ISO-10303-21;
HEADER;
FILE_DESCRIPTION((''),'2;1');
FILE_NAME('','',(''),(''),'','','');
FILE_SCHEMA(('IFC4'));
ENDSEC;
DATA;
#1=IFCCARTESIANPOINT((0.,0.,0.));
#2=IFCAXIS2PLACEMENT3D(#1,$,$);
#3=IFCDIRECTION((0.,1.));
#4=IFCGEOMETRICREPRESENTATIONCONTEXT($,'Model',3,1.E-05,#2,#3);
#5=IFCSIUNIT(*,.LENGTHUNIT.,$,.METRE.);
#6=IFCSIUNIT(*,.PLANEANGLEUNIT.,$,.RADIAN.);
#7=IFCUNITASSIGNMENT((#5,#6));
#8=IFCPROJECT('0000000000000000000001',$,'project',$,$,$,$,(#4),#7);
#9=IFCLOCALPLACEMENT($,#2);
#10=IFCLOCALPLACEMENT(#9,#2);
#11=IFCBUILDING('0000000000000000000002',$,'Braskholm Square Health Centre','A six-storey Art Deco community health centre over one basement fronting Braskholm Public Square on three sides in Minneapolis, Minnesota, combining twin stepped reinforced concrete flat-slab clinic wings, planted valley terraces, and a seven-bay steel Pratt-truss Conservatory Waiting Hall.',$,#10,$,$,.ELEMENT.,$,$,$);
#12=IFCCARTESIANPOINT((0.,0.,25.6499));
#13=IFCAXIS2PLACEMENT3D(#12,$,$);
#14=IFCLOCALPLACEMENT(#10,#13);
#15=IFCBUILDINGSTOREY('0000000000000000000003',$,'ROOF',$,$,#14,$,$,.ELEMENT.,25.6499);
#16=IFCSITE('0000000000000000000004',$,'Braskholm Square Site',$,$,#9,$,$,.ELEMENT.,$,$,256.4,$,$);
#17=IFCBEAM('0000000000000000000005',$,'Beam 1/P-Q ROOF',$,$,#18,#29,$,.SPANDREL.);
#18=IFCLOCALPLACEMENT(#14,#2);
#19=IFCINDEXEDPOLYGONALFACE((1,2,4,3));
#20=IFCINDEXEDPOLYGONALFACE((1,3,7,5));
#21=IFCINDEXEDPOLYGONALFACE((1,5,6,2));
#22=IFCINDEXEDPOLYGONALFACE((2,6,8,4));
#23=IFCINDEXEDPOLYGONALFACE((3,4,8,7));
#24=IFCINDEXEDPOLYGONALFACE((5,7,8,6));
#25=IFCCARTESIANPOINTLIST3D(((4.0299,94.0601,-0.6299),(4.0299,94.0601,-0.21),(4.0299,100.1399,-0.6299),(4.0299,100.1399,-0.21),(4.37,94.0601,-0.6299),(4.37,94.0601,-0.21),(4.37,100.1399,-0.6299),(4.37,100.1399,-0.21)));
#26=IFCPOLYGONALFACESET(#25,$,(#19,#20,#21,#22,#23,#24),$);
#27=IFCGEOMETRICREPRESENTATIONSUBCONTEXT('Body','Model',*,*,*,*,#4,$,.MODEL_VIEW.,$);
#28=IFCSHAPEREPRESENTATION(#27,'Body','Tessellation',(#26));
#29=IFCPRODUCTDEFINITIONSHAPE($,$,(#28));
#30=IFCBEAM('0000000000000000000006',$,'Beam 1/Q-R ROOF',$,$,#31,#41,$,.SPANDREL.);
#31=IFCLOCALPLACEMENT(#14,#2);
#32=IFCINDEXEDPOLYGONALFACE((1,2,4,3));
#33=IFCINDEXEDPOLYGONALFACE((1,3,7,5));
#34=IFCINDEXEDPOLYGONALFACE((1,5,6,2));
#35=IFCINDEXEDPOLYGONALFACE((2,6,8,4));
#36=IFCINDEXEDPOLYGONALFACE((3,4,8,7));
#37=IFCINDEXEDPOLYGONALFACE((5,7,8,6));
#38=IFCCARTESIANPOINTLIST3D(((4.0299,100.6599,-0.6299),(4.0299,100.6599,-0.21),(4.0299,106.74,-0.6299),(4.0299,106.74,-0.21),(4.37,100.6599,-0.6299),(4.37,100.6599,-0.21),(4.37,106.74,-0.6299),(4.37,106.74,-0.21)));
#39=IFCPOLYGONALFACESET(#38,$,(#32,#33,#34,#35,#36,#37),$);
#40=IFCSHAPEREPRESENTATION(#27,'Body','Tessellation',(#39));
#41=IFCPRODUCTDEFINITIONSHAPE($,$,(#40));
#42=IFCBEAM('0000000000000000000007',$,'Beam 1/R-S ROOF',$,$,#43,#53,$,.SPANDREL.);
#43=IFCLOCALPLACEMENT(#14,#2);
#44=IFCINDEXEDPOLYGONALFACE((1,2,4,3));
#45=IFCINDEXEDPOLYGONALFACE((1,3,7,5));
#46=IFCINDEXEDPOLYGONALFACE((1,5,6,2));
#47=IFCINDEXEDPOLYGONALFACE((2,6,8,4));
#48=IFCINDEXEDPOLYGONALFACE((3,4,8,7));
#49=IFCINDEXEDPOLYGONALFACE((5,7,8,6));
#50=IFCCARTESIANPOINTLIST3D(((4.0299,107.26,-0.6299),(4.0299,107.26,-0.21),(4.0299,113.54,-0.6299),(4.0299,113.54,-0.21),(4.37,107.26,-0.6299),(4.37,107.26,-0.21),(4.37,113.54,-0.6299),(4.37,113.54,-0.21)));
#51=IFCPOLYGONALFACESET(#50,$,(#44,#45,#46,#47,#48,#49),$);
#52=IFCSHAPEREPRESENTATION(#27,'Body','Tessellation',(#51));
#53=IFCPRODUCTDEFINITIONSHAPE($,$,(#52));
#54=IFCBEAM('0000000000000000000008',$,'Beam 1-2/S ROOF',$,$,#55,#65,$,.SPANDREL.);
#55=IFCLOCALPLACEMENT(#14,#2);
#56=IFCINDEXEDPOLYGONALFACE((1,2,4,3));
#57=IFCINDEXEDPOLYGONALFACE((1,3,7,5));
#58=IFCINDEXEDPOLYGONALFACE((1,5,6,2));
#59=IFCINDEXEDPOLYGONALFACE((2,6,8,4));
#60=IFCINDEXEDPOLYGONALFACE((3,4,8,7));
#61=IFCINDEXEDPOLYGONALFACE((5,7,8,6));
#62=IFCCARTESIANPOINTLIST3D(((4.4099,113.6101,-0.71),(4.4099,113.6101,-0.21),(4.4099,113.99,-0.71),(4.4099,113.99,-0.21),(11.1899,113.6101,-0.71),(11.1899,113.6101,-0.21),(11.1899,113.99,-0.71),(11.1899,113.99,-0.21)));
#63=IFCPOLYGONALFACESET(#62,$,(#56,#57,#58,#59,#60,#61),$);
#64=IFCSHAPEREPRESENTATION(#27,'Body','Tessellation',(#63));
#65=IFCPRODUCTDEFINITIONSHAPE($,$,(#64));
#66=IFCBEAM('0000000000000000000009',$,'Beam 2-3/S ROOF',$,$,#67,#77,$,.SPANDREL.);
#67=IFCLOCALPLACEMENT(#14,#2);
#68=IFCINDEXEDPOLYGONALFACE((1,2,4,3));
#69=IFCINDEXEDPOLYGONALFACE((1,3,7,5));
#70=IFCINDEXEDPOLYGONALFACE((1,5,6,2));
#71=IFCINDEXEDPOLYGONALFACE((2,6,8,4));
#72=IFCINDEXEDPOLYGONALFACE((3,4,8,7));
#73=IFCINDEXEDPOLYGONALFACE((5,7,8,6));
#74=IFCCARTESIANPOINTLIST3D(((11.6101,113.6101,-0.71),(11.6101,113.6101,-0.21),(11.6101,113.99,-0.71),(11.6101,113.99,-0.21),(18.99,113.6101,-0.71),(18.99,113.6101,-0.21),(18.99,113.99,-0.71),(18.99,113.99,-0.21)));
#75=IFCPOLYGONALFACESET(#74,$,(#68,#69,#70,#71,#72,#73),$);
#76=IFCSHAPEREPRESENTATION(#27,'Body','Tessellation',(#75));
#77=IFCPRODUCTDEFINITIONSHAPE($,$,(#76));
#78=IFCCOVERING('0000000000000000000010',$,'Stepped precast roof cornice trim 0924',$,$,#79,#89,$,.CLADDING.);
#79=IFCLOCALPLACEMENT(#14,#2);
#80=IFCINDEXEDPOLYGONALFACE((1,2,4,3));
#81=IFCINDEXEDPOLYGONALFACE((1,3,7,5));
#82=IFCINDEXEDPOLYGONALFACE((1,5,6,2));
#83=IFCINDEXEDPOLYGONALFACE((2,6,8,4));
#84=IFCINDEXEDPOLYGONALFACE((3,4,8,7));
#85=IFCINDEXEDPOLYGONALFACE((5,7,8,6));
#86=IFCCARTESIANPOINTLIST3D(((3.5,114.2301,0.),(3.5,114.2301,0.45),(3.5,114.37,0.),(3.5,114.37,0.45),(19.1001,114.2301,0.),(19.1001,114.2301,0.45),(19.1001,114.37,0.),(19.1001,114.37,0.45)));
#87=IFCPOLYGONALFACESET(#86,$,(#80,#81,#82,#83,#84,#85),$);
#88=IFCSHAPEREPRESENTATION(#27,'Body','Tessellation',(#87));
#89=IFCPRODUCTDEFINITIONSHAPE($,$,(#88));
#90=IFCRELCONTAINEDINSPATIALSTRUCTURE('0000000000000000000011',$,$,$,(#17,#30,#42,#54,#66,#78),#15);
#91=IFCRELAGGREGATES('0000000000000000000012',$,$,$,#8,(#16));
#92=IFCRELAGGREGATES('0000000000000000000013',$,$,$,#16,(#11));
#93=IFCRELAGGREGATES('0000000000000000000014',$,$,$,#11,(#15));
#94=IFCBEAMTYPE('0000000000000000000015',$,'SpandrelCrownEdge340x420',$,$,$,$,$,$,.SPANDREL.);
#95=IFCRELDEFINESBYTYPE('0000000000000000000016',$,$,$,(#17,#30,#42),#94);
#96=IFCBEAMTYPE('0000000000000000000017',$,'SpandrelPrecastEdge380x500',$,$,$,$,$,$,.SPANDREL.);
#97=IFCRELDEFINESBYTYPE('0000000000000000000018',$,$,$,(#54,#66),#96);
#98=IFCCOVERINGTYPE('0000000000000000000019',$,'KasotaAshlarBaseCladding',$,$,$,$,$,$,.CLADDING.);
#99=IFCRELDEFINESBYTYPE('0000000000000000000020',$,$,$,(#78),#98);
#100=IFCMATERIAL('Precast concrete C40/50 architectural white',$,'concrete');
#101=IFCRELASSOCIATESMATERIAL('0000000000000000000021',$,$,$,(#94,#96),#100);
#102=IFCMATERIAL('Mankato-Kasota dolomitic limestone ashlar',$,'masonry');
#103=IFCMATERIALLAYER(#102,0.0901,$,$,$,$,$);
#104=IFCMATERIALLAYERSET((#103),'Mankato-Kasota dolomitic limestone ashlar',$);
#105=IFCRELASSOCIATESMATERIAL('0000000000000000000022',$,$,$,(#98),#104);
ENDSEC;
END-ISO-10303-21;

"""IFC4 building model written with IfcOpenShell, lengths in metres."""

from ifc_helpers import new_model, si_unit, direction, frame, origin, origin_2d, place, context, subcontext, project, spatial, rectangle, extrude, material, layer, layer_set, material_profile, profile_set, type_object, element, save


model = new_model("IFC4")

# Units and contexts
model_context = context("Model", 3, precision=1e-05, world=origin(), true_north=direction((0.0, 1.0)))
body_context = subcontext(model_context, "Body", "Model", "MODEL_VIEW")
ifc_project = project(units=[si_unit("LENGTHUNIT", "METRE"), si_unit("PLANEANGLEUNIT", "RADIAN")], contexts=[model_context])

# Site, building, storey
site_placement = place(None, origin())
site = spatial("IfcSite", under=ifc_project, at=site_placement, Name="Braskholm Square Site", CompositionType="ELEMENT", RefElevation=256.4)
building_placement = place(site_placement, origin())
building = spatial("IfcBuilding", under=site, at=building_placement, Name="Braskholm Square Health Centre", Description="A six-storey Art Deco community health centre over one basement fronting Braskholm Public Square on three sides in Minneapolis, Minnesota, combining twin stepped reinforced concrete flat-slab clinic wings, planted valley terraces, and a seven-bay steel Pratt-truss Conservatory Waiting Hall.", CompositionType="ELEMENT")
storey_placement = place(building_placement, frame((0.0, 0.0, 25.6499)))
storey = spatial("IfcBuildingStorey", under=building, at=storey_placement, Name="ROOF", CompositionType="ELEMENT", Elevation=25.6499)

# Beams
ifc_material_1 = material(Name="Precast concrete C40/50 architectural white", Category="concrete")
ifc_material_profile_1 = material_profile(ifc_material_1, rectangle(XDim=0.3401, YDim=0.4199, at=origin_2d()), Name="RCB-340X420")
ifc_profile_set_1 = profile_set([ifc_material_profile_1], Name="Precast concrete C40/50 architectural white")
beam_type_1 = type_object("IfcBeamType", Name="SpandrelCrownEdge340x420", PredefinedType="SPANDREL", material=ifc_profile_set_1)
beam_1_placement = place(storey_placement, frame((4.2, 94.0601, -0.4199), z_axis=(0.0, 1.0, 0.0), x_axis=(-1.0, 0.0, 0.0)))
element("IfcBeam", 1, at=beam_1_placement, inside=storey, type_object=beam_type_1, Name="Beam 1/P-Q ROOF", PredefinedType="SPANDREL", context=body_context, shape_type="SweptSolid", body=[
    extrude(rectangle(XDim=0.3401, YDim=0.4199, at=origin_2d()), origin(), (0.0, 0.0, 1.0), 6.0798),
])
beam_2_placement = place(storey_placement, frame((4.2, 100.6599, -0.4199), z_axis=(0.0, 1.0, 0.0), x_axis=(-1.0, 0.0, 0.0)))
element("IfcBeam", 2, at=beam_2_placement, inside=storey, type_object=beam_type_1, Name="Beam 1/Q-R ROOF", PredefinedType="SPANDREL", context=body_context, shape_type="SweptSolid", body=[
    extrude(rectangle(XDim=0.3401, YDim=0.4199, at=origin_2d()), origin(), (0.0, 0.0, 1.0), 6.0801),
])
beam_3_placement = place(storey_placement, frame((4.2, 107.26, -0.4199), z_axis=(0.0, 1.0, 0.0), x_axis=(-1.0, 0.0, 0.0)))
element("IfcBeam", 3, at=beam_3_placement, inside=storey, type_object=beam_type_1, Name="Beam 1/R-S ROOF", PredefinedType="SPANDREL", context=body_context, shape_type="SweptSolid", body=[
    extrude(rectangle(XDim=0.3401, YDim=0.4199, at=origin_2d()), origin(), (0.0, 0.0, 1.0), 6.28),
])
ifc_material_profile_2 = material_profile(ifc_material_1, rectangle(XDim=0.3799, YDim=0.5, at=origin_2d()), Name="RCB-380X500")
ifc_profile_set_2 = profile_set([ifc_material_profile_2], Name="Precast concrete C40/50 architectural white")
beam_type_2 = type_object("IfcBeamType", Name="SpandrelPrecastEdge380x500", PredefinedType="SPANDREL", material=ifc_profile_set_2)
beam_4_placement = place(storey_placement, frame((4.4099, 113.8, -0.46), z_axis=(1.0, 0.0, 0.0), x_axis=(0.0, 1.0, 0.0)))
element("IfcBeam", 4, at=beam_4_placement, inside=storey, type_object=beam_type_2, Name="Beam 1-2/S ROOF", PredefinedType="SPANDREL", context=body_context, shape_type="SweptSolid", body=[
    extrude(rectangle(XDim=0.3799, YDim=0.5, at=origin_2d()), origin(), (0.0, 0.0, 1.0), 6.78),
])
beam_5_placement = place(storey_placement, frame((11.6101, 113.8, -0.46), z_axis=(1.0, 0.0, 0.0), x_axis=(0.0, 1.0, 0.0)))
element("IfcBeam", 5, at=beam_5_placement, inside=storey, type_object=beam_type_2, Name="Beam 2-3/S ROOF", PredefinedType="SPANDREL", context=body_context, shape_type="SweptSolid", body=[
    extrude(rectangle(XDim=0.3799, YDim=0.5, at=origin_2d()), origin(), (0.0, 0.0, 1.0), 7.3799),
])

# Covering
ifc_material_2 = material(Name="Mankato-Kasota dolomitic limestone ashlar", Category="masonry")
ifc_layer = layer(ifc_material_2, 0.0901)
ifc_layer_set = layer_set([ifc_layer], Name="Mankato-Kasota dolomitic limestone ashlar")
covering_type = type_object("IfcCoveringType", Name="KasotaAshlarBaseCladding", PredefinedType="CLADDING", material=ifc_layer_set)
covering_placement = place(storey_placement, frame((11.3, 114.3, 0.0), z_axis=(0.0, 0.0, 1.0), x_axis=(-1.0, 0.0, 0.0)))
element("IfcCovering", 6, at=covering_placement, inside=storey, type_object=covering_type, Name="Stepped precast roof cornice trim 0924", PredefinedType="CLADDING", context=body_context, shape_type="SweptSolid", body=[
    extrude(rectangle(XDim=15.6001, YDim=0.1399, at=origin_2d()), origin(), (0.0, 0.0, 1.0), 0.45),
])

save(model, "model.ifc")
